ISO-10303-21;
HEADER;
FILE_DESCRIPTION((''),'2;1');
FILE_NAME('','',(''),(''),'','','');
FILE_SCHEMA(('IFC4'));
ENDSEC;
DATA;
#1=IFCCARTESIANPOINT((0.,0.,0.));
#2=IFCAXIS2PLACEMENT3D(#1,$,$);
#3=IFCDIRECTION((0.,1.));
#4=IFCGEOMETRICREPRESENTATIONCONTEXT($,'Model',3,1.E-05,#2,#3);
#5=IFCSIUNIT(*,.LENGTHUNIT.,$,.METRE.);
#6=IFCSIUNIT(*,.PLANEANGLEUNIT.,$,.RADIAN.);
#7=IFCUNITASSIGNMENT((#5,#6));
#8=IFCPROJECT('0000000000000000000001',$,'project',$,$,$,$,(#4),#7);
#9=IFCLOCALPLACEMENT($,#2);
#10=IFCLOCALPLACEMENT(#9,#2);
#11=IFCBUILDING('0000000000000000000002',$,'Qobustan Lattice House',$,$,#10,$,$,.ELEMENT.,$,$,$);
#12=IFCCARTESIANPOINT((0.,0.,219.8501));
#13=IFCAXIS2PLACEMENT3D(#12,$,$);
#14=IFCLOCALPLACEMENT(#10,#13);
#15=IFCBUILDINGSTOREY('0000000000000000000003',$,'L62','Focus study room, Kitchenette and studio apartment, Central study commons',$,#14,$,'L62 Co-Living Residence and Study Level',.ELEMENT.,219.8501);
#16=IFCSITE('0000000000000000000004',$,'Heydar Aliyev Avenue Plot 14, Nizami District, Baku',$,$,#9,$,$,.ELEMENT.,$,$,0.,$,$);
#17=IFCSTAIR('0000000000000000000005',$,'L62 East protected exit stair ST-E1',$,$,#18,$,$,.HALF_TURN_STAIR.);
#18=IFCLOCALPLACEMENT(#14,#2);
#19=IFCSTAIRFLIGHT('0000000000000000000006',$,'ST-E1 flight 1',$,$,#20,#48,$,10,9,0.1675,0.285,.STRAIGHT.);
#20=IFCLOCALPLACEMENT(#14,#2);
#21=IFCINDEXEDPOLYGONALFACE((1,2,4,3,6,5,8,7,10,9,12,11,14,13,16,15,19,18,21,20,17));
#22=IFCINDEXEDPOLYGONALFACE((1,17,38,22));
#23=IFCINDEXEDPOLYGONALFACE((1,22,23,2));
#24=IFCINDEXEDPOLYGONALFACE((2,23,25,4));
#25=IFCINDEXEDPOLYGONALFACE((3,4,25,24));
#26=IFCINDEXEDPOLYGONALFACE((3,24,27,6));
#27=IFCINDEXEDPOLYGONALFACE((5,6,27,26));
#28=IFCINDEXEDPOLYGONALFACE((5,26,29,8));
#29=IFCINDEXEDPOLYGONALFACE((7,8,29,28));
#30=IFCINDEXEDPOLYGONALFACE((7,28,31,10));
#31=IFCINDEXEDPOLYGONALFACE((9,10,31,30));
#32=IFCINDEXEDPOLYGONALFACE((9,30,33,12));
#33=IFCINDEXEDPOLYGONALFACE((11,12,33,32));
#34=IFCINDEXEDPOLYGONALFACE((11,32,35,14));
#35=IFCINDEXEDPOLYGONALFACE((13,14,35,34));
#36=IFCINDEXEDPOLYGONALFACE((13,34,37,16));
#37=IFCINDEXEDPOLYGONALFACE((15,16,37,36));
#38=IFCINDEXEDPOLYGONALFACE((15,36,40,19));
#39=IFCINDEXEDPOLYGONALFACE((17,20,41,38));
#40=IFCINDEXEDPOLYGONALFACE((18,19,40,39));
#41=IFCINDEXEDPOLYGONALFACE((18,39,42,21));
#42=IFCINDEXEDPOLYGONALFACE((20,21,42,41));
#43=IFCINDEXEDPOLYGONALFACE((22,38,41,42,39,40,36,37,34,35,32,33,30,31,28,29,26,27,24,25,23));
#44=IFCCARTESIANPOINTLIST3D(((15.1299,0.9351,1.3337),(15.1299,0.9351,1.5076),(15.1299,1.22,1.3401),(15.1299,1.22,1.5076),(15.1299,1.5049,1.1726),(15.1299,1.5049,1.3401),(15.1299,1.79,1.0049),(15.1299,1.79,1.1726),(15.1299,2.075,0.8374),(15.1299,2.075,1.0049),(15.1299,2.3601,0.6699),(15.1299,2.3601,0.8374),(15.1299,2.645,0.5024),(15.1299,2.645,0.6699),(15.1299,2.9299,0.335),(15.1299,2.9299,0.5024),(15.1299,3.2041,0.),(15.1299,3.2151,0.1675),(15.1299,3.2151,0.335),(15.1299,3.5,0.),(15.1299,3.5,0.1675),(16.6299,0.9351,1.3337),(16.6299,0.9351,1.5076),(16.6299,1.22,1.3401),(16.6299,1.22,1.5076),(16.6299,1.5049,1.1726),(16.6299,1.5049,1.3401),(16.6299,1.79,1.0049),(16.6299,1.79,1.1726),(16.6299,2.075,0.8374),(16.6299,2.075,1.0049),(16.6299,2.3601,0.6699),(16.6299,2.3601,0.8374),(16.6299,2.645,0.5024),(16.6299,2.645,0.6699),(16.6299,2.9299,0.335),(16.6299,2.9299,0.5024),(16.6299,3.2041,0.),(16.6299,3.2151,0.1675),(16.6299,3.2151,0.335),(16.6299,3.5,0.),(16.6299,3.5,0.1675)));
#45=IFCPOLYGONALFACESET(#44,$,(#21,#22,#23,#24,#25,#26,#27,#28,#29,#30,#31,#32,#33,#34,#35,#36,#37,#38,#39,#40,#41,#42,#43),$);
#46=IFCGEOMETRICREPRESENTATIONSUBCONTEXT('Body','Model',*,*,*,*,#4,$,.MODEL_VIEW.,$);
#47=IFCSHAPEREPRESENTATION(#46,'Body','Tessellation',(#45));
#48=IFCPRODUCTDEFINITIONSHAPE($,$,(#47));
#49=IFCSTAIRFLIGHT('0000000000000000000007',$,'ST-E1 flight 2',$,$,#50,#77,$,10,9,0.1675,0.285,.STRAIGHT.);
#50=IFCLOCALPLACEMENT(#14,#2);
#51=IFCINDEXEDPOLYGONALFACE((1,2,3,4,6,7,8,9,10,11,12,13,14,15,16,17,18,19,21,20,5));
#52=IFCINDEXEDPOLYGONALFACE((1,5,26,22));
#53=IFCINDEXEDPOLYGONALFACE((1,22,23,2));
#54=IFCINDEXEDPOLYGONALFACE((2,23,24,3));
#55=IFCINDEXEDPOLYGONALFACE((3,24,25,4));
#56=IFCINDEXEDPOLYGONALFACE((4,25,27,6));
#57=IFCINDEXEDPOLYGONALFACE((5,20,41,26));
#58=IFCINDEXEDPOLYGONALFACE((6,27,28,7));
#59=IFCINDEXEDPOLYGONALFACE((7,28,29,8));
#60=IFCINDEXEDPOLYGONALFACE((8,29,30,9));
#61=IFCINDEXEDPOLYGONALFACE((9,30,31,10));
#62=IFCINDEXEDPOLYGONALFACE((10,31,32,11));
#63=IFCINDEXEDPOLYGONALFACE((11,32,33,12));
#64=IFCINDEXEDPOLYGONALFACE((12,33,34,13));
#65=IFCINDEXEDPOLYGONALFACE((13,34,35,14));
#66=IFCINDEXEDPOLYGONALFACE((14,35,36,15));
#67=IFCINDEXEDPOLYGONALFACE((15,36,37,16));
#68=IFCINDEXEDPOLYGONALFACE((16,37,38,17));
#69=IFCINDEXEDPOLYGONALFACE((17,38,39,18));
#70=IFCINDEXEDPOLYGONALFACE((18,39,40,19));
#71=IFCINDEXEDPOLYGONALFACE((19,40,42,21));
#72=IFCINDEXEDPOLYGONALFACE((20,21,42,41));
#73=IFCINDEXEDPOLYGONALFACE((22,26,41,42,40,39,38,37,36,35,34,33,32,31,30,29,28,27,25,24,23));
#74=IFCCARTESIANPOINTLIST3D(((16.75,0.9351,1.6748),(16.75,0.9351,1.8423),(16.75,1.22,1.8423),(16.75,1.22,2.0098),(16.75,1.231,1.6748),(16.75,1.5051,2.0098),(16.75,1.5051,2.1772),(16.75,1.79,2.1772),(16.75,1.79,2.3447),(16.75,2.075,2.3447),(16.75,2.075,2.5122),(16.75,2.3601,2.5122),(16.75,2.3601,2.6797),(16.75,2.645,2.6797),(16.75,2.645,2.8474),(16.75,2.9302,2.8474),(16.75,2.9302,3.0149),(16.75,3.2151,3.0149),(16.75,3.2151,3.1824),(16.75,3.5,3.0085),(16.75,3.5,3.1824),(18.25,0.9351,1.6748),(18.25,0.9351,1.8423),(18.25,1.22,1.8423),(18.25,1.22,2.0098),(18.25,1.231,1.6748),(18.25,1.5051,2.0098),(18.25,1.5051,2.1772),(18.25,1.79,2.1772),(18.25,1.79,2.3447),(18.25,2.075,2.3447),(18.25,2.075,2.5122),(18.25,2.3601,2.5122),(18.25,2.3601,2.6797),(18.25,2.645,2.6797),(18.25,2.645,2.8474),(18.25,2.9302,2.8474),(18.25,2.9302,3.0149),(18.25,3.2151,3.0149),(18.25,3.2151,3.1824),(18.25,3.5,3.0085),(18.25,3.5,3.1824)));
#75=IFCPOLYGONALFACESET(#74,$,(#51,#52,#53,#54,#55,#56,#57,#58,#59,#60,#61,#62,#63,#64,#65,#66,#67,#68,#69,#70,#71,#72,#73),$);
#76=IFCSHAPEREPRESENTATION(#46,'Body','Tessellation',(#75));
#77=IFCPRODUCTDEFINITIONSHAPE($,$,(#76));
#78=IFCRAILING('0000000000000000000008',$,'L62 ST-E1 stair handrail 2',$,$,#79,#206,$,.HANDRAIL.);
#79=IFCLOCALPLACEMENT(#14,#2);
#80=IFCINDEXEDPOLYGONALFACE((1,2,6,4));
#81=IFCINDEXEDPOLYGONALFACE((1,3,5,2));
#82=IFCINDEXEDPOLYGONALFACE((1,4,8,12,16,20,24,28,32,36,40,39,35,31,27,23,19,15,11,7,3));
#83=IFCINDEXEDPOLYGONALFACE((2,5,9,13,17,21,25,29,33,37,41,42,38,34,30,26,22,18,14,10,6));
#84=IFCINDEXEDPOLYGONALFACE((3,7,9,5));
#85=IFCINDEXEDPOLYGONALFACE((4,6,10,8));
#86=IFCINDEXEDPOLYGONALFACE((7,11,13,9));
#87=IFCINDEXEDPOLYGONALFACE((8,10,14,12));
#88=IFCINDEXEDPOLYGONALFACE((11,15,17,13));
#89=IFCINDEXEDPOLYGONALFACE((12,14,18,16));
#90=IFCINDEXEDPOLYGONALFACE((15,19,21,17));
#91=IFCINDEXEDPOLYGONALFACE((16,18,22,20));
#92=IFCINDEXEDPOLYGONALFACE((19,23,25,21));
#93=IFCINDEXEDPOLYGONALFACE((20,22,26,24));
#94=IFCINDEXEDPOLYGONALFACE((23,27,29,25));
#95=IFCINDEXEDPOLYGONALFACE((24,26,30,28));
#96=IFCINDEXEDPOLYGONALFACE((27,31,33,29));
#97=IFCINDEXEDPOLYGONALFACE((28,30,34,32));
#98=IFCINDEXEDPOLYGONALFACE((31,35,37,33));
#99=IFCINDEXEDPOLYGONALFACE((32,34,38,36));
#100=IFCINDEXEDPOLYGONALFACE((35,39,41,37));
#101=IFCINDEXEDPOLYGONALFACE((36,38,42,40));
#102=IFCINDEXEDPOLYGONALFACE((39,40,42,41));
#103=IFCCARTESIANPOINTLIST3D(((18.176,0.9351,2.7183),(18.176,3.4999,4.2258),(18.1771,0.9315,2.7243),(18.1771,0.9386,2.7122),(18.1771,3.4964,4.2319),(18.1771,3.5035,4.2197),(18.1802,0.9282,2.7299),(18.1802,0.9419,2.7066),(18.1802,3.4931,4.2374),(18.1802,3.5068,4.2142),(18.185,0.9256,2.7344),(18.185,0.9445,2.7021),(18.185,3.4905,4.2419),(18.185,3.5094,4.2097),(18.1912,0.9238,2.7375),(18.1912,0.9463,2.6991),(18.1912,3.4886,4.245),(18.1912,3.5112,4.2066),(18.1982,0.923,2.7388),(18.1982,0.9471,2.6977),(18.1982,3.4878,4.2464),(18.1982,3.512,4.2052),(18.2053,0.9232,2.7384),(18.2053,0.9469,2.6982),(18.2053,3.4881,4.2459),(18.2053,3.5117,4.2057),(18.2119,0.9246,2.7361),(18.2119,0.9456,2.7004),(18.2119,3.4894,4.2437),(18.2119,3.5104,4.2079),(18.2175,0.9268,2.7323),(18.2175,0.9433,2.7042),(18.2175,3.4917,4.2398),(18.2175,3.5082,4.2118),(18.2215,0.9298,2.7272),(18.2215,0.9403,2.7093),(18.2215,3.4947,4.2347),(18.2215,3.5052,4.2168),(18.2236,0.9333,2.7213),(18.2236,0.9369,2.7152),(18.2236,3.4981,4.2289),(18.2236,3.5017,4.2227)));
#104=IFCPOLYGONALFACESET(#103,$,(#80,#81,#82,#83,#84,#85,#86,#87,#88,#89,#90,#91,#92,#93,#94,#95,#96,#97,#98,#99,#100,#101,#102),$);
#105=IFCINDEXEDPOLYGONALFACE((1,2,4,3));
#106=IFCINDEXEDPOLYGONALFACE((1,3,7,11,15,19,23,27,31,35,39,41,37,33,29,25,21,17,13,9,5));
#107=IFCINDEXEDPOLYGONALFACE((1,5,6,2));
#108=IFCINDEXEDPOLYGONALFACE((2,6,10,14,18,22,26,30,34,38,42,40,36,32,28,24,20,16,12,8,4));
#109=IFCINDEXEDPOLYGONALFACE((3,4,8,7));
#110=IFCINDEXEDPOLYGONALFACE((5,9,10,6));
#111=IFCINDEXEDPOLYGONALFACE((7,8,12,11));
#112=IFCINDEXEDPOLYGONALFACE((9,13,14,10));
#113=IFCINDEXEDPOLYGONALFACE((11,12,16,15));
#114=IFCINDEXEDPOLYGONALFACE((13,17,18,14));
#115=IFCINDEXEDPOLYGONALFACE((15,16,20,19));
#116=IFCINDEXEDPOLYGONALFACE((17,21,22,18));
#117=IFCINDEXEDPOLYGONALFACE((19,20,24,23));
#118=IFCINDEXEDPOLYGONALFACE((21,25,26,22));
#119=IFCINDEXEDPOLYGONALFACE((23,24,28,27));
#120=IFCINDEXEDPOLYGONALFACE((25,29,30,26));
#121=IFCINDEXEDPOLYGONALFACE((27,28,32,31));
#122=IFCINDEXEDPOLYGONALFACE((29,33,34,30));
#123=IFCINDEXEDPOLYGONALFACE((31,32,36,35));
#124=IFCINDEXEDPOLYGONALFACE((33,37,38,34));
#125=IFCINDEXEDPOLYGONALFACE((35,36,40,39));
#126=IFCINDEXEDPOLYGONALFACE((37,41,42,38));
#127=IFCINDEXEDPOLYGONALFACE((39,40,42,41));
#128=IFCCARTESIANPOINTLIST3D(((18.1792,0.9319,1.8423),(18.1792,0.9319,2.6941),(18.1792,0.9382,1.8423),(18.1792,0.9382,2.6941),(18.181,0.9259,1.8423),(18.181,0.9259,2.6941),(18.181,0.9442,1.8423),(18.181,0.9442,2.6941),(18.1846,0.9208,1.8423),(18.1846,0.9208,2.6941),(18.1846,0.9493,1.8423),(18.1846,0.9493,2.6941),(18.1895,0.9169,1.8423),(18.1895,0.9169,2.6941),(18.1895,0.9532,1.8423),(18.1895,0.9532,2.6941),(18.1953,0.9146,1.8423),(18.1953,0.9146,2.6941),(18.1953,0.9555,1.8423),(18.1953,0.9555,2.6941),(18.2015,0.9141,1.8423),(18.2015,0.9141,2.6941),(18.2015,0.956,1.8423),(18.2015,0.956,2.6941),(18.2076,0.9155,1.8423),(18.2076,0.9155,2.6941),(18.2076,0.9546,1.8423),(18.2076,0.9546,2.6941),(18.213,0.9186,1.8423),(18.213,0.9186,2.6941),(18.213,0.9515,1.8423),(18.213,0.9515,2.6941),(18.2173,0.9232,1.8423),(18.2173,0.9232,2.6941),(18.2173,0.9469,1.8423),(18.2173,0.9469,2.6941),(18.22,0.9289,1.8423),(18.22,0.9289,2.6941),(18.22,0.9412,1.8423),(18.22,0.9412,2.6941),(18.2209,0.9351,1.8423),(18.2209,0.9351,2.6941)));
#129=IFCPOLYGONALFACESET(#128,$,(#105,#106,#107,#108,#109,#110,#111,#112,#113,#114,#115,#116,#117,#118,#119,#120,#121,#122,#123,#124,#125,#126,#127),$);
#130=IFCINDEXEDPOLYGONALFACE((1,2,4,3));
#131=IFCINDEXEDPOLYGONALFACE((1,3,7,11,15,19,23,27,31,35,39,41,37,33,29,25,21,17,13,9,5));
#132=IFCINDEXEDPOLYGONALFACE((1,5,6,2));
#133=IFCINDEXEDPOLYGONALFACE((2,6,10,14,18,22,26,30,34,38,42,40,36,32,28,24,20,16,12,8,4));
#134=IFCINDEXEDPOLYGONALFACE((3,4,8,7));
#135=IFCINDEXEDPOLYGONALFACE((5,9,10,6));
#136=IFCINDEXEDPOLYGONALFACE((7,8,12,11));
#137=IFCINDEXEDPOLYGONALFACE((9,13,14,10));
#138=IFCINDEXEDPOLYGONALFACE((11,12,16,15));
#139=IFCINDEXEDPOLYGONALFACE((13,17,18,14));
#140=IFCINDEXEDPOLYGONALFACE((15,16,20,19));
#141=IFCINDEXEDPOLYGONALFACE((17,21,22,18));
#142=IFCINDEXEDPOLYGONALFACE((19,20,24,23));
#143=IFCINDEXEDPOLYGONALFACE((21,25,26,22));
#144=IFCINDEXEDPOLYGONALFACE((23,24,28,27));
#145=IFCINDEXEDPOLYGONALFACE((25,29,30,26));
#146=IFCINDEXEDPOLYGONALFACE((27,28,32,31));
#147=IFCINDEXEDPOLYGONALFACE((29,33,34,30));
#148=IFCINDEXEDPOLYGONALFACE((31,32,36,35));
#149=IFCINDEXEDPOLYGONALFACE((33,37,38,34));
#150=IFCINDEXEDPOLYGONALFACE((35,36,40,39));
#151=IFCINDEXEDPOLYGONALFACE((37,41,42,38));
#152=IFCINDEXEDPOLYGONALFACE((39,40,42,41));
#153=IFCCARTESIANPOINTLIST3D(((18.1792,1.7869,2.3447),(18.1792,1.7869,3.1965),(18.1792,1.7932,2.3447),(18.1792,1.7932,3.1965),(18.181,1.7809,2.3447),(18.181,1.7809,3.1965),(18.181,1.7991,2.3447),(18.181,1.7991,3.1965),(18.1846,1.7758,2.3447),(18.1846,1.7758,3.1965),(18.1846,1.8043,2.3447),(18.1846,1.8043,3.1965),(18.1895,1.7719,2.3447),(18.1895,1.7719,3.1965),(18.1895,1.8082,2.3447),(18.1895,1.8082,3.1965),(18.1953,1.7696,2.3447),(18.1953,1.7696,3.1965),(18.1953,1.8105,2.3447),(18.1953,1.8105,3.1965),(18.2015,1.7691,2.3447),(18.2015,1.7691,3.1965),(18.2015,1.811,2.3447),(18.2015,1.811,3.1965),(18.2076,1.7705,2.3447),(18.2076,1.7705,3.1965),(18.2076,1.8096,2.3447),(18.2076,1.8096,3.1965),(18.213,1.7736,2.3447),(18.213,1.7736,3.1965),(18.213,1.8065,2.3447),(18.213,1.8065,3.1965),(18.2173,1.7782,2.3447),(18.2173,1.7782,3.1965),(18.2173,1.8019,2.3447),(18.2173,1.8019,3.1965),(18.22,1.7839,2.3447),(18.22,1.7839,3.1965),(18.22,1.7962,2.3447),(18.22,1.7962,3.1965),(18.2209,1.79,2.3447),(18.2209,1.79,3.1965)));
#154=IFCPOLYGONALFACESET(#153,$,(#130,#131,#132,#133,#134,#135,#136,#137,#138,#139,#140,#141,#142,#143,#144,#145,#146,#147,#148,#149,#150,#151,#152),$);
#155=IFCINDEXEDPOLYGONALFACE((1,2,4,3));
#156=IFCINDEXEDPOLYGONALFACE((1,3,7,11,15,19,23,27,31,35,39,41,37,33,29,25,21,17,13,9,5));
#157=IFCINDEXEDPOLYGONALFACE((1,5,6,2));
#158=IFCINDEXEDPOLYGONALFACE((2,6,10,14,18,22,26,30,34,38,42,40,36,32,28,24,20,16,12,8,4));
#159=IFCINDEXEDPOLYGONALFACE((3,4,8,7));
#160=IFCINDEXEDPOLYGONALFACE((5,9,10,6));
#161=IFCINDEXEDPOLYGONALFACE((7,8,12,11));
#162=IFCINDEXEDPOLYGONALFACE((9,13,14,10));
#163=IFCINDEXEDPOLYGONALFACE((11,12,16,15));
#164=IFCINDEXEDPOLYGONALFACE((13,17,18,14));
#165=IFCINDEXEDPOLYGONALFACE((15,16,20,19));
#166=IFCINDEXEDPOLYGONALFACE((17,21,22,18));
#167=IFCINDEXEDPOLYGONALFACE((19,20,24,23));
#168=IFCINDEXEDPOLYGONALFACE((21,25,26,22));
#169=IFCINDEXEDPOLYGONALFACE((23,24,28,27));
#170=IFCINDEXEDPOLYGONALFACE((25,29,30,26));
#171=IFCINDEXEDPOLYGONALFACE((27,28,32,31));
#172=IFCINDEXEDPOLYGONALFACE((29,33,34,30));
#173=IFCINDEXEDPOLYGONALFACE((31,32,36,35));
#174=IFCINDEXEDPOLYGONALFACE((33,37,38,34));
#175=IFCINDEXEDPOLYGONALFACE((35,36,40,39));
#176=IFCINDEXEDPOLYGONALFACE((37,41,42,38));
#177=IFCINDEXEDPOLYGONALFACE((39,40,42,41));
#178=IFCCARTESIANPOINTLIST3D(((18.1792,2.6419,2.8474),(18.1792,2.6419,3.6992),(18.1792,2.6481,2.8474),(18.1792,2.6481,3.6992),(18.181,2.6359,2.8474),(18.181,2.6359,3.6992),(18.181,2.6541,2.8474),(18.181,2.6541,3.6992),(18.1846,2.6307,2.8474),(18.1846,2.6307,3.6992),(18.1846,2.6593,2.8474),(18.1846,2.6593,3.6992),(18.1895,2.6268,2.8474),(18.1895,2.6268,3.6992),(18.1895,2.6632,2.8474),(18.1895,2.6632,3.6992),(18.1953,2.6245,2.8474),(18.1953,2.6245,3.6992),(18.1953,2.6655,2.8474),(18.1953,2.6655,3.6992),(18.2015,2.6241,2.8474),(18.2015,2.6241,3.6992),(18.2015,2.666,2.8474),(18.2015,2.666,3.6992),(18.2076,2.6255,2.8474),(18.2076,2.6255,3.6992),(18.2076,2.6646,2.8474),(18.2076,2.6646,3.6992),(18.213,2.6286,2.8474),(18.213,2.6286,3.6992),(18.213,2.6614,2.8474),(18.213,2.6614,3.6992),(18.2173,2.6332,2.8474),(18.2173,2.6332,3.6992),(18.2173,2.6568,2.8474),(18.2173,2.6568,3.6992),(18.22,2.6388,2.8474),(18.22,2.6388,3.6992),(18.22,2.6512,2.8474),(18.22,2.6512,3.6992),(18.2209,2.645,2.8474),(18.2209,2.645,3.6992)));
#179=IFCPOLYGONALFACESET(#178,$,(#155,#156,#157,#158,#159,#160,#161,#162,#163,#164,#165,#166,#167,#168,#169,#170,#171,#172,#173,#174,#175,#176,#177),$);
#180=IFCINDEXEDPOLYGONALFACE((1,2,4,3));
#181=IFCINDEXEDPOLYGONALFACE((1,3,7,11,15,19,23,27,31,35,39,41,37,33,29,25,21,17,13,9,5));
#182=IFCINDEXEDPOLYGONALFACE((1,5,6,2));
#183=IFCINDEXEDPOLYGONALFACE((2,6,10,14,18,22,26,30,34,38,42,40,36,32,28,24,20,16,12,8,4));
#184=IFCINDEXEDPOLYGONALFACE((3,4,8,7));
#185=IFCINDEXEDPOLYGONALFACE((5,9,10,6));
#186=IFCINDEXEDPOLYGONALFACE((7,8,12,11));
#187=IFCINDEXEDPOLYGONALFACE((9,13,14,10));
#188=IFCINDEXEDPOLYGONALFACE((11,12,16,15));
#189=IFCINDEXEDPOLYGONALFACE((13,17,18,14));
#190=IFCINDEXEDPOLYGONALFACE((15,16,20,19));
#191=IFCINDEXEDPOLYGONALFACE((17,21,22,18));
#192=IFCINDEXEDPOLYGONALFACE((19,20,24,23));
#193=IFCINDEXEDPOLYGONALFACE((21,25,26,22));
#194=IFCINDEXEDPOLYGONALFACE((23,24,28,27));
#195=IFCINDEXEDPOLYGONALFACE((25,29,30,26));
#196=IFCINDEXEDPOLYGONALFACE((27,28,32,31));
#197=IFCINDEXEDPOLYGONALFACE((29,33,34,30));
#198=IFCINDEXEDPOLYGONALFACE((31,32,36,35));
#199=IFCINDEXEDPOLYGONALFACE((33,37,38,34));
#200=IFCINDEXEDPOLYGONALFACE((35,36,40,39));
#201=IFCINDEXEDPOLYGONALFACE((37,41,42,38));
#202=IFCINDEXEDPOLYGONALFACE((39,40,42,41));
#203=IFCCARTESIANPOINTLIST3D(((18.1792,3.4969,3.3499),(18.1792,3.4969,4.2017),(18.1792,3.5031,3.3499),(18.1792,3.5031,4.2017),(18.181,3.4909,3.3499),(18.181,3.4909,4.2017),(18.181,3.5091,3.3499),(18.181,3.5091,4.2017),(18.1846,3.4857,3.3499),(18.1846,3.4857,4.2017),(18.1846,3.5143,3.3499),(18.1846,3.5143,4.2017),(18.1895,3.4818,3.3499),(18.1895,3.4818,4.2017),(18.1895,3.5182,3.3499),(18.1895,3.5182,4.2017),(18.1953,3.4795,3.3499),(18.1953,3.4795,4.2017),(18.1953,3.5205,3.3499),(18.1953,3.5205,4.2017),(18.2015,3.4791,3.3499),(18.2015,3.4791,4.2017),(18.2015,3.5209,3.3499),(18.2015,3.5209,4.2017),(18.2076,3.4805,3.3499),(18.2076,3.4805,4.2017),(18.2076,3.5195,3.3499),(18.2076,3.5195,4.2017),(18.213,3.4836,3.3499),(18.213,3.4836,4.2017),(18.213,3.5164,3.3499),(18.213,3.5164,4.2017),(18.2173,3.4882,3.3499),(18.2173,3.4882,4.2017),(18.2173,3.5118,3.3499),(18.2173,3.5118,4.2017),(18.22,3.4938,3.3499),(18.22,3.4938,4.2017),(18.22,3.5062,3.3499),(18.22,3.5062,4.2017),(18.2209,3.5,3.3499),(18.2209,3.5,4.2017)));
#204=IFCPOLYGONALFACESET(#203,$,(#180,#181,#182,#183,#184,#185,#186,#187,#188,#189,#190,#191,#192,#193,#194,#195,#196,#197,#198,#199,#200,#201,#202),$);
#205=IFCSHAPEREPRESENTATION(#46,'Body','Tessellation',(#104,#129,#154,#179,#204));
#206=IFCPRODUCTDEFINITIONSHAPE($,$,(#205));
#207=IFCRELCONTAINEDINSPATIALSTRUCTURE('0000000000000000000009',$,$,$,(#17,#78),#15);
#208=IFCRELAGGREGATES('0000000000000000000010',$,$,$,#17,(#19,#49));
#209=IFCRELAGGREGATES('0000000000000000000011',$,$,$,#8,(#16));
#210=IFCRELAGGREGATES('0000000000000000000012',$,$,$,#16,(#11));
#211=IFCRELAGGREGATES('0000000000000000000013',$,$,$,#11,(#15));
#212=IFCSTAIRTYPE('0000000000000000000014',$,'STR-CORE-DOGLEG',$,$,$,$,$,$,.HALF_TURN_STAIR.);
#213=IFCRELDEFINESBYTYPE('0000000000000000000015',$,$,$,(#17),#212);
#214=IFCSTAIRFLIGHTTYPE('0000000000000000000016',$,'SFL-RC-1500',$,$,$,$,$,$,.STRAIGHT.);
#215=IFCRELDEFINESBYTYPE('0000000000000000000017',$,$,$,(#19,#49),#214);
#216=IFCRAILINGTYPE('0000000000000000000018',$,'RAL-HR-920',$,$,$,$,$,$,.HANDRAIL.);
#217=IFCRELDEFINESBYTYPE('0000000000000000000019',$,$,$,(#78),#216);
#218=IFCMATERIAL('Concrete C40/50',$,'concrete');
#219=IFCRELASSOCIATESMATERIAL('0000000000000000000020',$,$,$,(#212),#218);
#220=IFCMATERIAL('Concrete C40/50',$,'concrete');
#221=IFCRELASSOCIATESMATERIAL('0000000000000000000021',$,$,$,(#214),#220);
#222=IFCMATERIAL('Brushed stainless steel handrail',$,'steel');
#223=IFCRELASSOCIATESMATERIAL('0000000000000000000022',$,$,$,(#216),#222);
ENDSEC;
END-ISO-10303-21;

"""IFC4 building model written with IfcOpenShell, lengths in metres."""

from ifc_helpers import new_model, si_unit, direction, frame, origin, origin_2d, place, context, subcontext, project, spatial, polyline, circle, outline, extrude, material, type_object, element, aggregate, save


model = new_model("IFC4")

# Units and contexts
model_context = context("Model", 3, precision=1e-05, world=origin(), true_north=direction((0.0, 1.0)))
body_context = subcontext(model_context, "Body", "Model", "MODEL_VIEW")
ifc_project = project(units=[si_unit("LENGTHUNIT", "METRE"), si_unit("PLANEANGLEUNIT", "RADIAN")], contexts=[model_context])

# Site, building, storey
site_placement = place(None, origin())
site = spatial("IfcSite", under=ifc_project, at=site_placement, Name="Heydar Aliyev Avenue Plot 14, Nizami District, Baku", CompositionType="ELEMENT", RefElevation=0.0)
building_placement = place(site_placement, origin())
building = spatial("IfcBuilding", under=site, at=building_placement, Name="Qobustan Lattice House", CompositionType="ELEMENT")
storey_placement = place(building_placement, frame((0.0, 0.0, 219.8501)))
storey = spatial("IfcBuildingStorey", under=building, at=storey_placement, Name="L62", Description="Focus study room, Kitchenette and studio apartment, Central study commons", LongName="L62 Co-Living Residence and Study Level", CompositionType="ELEMENT", Elevation=219.8501)

# Stair, stair flights
ifc_material_1 = material(Name="Concrete C40/50", Category="concrete")
stair_type = type_object("IfcStairType", Name="STR-CORE-DOGLEG", PredefinedType="HALF_TURN_STAIR", material=ifc_material_1)
stair_placement = place(storey_placement, origin())
stair = element("IfcStair", 1, at=stair_placement, inside=storey, type_object=stair_type, Name="L62 East protected exit stair ST-E1", PredefinedType="HALF_TURN_STAIR")
ifc_material_2 = material(Name="Concrete C40/50", Category="concrete")
stair_flight_type = type_object("IfcStairFlightType", Name="SFL-RC-1500", PredefinedType="STRAIGHT", material=ifc_material_2)
stair_flight_1_placement = place(storey_placement, frame((15.8799, 3.5, 0.0), z_axis=(0.0, 0.0, 1.0), x_axis=(0.0, -1.0, 0.0)))
stair_flight_1 = element("IfcStairFlight", 2, at=stair_flight_1_placement, type_object=stair_flight_type, Name="ST-E1 flight 1", NumberOfRisers=10, NumberOfTreads=9, PredefinedType="STRAIGHT", RiserHeight=0.1675, TreadLength=0.285, context=body_context, shape_type="SweptSolid", body=[
    extrude(outline(polyline([(0.0, 0.0), (0.0, 0.1675), (0.2849, 0.1675), (0.2849, 0.335), (0.5701, 0.335), (0.5701, 0.5024), (0.855, 0.5024), (0.855, 0.6699), (1.1399, 0.6699), (1.1399, 0.8374), (1.425, 0.8374), (1.425, 1.0049), (1.71, 1.0049), (1.71, 1.1726), (1.9951, 1.1726), (1.9951, 1.3401), (2.28, 1.3401), (2.28, 1.5076), (2.5649, 1.5076), (2.5649, 1.675), (2.5649, 1.3337), (0.2959, 0.0), (0.0, 0.0)])), frame((0.0, 0.75, 0.0), z_axis=(0.0, -1.0, 0.0), x_axis=(1.0, 0.0, 0.0)), (0.0, 0.0, 1.0), 1.5),
])
stair_flight_2_placement = place(storey_placement, frame((17.5, 0.9351, 1.6748), z_axis=(0.0, 0.0, 1.0), x_axis=(0.0, 1.0, 0.0)))
stair_flight_2 = element("IfcStairFlight", 3, at=stair_flight_2_placement, type_object=stair_flight_type, Name="ST-E1 flight 2", NumberOfRisers=10, NumberOfTreads=9, PredefinedType="STRAIGHT", RiserHeight=0.1675, TreadLength=0.285, context=body_context, shape_type="SweptSolid", body=[
    extrude(outline(polyline([(0.0, 0.0), (0.0, 0.1675), (0.2849, 0.1675), (0.2849, 0.335), (0.5701, 0.335), (0.5701, 0.5024), (0.855, 0.5024), (0.855, 0.6699), (1.1399, 0.6699), (1.1399, 0.8374), (1.425, 0.8374), (1.425, 1.0049), (1.71, 1.0049), (1.71, 1.1726), (1.9951, 1.1726), (1.9951, 1.3401), (2.28, 1.3401), (2.28, 1.5076), (2.5649, 1.5076), (2.5649, 1.675), (2.5649, 1.3337), (0.2959, 0.0), (0.0, 0.0)])), frame((0.0, 0.75, 0.0), z_axis=(0.0, -1.0, 0.0), x_axis=(1.0, 0.0, 0.0)), (0.0, 0.0, 1.0), 1.5),
])
aggregate(stair, [stair_flight_1, stair_flight_2])

# Railing
ifc_material_3 = material(Name="Brushed stainless steel handrail", Category="steel")
railing_type_1 = type_object("IfcRailingType", Name="RAL-HR-920", PredefinedType="HANDRAIL", material=ifc_material_3)
railing_1_placement = place(storey_placement, frame((18.2, 0.9351, 1.8423)))
element("IfcRailing", 4, at=railing_1_placement, inside=storey, type_object=railing_type_1, Name="L62 ST-E1 stair handrail 2", PredefinedType="HANDRAIL", context=body_context, shape_type="SweptSolid", body=[
    extrude(circle(Radius=0.0239, at=origin_2d()), frame((0.0, 0.0, 0.876), z_axis=(0.0, 0.862113, 0.506715), x_axis=(-1.0, 0.0, 0.0)), (0.0, 0.0, 1.0), 2.9751),
    extrude(circle(Radius=0.021, at=origin_2d()), origin(), (0.0, 0.0, 1.0), 0.8518),
    extrude(circle(Radius=0.021, at=origin_2d()), frame((0.0, 0.855, 0.5024)), (0.0, 0.0, 1.0), 0.8518),
    extrude(circle(Radius=0.021, at=origin_2d()), frame((0.0, 1.71, 1.0051)), (0.0, 0.0, 1.0), 0.8518),
    extrude(circle(Radius=0.021, at=origin_2d()), frame((0.0, 2.5649, 1.5076)), (0.0, 0.0, 1.0), 0.8518),
])

save(model, "model.ifc")
